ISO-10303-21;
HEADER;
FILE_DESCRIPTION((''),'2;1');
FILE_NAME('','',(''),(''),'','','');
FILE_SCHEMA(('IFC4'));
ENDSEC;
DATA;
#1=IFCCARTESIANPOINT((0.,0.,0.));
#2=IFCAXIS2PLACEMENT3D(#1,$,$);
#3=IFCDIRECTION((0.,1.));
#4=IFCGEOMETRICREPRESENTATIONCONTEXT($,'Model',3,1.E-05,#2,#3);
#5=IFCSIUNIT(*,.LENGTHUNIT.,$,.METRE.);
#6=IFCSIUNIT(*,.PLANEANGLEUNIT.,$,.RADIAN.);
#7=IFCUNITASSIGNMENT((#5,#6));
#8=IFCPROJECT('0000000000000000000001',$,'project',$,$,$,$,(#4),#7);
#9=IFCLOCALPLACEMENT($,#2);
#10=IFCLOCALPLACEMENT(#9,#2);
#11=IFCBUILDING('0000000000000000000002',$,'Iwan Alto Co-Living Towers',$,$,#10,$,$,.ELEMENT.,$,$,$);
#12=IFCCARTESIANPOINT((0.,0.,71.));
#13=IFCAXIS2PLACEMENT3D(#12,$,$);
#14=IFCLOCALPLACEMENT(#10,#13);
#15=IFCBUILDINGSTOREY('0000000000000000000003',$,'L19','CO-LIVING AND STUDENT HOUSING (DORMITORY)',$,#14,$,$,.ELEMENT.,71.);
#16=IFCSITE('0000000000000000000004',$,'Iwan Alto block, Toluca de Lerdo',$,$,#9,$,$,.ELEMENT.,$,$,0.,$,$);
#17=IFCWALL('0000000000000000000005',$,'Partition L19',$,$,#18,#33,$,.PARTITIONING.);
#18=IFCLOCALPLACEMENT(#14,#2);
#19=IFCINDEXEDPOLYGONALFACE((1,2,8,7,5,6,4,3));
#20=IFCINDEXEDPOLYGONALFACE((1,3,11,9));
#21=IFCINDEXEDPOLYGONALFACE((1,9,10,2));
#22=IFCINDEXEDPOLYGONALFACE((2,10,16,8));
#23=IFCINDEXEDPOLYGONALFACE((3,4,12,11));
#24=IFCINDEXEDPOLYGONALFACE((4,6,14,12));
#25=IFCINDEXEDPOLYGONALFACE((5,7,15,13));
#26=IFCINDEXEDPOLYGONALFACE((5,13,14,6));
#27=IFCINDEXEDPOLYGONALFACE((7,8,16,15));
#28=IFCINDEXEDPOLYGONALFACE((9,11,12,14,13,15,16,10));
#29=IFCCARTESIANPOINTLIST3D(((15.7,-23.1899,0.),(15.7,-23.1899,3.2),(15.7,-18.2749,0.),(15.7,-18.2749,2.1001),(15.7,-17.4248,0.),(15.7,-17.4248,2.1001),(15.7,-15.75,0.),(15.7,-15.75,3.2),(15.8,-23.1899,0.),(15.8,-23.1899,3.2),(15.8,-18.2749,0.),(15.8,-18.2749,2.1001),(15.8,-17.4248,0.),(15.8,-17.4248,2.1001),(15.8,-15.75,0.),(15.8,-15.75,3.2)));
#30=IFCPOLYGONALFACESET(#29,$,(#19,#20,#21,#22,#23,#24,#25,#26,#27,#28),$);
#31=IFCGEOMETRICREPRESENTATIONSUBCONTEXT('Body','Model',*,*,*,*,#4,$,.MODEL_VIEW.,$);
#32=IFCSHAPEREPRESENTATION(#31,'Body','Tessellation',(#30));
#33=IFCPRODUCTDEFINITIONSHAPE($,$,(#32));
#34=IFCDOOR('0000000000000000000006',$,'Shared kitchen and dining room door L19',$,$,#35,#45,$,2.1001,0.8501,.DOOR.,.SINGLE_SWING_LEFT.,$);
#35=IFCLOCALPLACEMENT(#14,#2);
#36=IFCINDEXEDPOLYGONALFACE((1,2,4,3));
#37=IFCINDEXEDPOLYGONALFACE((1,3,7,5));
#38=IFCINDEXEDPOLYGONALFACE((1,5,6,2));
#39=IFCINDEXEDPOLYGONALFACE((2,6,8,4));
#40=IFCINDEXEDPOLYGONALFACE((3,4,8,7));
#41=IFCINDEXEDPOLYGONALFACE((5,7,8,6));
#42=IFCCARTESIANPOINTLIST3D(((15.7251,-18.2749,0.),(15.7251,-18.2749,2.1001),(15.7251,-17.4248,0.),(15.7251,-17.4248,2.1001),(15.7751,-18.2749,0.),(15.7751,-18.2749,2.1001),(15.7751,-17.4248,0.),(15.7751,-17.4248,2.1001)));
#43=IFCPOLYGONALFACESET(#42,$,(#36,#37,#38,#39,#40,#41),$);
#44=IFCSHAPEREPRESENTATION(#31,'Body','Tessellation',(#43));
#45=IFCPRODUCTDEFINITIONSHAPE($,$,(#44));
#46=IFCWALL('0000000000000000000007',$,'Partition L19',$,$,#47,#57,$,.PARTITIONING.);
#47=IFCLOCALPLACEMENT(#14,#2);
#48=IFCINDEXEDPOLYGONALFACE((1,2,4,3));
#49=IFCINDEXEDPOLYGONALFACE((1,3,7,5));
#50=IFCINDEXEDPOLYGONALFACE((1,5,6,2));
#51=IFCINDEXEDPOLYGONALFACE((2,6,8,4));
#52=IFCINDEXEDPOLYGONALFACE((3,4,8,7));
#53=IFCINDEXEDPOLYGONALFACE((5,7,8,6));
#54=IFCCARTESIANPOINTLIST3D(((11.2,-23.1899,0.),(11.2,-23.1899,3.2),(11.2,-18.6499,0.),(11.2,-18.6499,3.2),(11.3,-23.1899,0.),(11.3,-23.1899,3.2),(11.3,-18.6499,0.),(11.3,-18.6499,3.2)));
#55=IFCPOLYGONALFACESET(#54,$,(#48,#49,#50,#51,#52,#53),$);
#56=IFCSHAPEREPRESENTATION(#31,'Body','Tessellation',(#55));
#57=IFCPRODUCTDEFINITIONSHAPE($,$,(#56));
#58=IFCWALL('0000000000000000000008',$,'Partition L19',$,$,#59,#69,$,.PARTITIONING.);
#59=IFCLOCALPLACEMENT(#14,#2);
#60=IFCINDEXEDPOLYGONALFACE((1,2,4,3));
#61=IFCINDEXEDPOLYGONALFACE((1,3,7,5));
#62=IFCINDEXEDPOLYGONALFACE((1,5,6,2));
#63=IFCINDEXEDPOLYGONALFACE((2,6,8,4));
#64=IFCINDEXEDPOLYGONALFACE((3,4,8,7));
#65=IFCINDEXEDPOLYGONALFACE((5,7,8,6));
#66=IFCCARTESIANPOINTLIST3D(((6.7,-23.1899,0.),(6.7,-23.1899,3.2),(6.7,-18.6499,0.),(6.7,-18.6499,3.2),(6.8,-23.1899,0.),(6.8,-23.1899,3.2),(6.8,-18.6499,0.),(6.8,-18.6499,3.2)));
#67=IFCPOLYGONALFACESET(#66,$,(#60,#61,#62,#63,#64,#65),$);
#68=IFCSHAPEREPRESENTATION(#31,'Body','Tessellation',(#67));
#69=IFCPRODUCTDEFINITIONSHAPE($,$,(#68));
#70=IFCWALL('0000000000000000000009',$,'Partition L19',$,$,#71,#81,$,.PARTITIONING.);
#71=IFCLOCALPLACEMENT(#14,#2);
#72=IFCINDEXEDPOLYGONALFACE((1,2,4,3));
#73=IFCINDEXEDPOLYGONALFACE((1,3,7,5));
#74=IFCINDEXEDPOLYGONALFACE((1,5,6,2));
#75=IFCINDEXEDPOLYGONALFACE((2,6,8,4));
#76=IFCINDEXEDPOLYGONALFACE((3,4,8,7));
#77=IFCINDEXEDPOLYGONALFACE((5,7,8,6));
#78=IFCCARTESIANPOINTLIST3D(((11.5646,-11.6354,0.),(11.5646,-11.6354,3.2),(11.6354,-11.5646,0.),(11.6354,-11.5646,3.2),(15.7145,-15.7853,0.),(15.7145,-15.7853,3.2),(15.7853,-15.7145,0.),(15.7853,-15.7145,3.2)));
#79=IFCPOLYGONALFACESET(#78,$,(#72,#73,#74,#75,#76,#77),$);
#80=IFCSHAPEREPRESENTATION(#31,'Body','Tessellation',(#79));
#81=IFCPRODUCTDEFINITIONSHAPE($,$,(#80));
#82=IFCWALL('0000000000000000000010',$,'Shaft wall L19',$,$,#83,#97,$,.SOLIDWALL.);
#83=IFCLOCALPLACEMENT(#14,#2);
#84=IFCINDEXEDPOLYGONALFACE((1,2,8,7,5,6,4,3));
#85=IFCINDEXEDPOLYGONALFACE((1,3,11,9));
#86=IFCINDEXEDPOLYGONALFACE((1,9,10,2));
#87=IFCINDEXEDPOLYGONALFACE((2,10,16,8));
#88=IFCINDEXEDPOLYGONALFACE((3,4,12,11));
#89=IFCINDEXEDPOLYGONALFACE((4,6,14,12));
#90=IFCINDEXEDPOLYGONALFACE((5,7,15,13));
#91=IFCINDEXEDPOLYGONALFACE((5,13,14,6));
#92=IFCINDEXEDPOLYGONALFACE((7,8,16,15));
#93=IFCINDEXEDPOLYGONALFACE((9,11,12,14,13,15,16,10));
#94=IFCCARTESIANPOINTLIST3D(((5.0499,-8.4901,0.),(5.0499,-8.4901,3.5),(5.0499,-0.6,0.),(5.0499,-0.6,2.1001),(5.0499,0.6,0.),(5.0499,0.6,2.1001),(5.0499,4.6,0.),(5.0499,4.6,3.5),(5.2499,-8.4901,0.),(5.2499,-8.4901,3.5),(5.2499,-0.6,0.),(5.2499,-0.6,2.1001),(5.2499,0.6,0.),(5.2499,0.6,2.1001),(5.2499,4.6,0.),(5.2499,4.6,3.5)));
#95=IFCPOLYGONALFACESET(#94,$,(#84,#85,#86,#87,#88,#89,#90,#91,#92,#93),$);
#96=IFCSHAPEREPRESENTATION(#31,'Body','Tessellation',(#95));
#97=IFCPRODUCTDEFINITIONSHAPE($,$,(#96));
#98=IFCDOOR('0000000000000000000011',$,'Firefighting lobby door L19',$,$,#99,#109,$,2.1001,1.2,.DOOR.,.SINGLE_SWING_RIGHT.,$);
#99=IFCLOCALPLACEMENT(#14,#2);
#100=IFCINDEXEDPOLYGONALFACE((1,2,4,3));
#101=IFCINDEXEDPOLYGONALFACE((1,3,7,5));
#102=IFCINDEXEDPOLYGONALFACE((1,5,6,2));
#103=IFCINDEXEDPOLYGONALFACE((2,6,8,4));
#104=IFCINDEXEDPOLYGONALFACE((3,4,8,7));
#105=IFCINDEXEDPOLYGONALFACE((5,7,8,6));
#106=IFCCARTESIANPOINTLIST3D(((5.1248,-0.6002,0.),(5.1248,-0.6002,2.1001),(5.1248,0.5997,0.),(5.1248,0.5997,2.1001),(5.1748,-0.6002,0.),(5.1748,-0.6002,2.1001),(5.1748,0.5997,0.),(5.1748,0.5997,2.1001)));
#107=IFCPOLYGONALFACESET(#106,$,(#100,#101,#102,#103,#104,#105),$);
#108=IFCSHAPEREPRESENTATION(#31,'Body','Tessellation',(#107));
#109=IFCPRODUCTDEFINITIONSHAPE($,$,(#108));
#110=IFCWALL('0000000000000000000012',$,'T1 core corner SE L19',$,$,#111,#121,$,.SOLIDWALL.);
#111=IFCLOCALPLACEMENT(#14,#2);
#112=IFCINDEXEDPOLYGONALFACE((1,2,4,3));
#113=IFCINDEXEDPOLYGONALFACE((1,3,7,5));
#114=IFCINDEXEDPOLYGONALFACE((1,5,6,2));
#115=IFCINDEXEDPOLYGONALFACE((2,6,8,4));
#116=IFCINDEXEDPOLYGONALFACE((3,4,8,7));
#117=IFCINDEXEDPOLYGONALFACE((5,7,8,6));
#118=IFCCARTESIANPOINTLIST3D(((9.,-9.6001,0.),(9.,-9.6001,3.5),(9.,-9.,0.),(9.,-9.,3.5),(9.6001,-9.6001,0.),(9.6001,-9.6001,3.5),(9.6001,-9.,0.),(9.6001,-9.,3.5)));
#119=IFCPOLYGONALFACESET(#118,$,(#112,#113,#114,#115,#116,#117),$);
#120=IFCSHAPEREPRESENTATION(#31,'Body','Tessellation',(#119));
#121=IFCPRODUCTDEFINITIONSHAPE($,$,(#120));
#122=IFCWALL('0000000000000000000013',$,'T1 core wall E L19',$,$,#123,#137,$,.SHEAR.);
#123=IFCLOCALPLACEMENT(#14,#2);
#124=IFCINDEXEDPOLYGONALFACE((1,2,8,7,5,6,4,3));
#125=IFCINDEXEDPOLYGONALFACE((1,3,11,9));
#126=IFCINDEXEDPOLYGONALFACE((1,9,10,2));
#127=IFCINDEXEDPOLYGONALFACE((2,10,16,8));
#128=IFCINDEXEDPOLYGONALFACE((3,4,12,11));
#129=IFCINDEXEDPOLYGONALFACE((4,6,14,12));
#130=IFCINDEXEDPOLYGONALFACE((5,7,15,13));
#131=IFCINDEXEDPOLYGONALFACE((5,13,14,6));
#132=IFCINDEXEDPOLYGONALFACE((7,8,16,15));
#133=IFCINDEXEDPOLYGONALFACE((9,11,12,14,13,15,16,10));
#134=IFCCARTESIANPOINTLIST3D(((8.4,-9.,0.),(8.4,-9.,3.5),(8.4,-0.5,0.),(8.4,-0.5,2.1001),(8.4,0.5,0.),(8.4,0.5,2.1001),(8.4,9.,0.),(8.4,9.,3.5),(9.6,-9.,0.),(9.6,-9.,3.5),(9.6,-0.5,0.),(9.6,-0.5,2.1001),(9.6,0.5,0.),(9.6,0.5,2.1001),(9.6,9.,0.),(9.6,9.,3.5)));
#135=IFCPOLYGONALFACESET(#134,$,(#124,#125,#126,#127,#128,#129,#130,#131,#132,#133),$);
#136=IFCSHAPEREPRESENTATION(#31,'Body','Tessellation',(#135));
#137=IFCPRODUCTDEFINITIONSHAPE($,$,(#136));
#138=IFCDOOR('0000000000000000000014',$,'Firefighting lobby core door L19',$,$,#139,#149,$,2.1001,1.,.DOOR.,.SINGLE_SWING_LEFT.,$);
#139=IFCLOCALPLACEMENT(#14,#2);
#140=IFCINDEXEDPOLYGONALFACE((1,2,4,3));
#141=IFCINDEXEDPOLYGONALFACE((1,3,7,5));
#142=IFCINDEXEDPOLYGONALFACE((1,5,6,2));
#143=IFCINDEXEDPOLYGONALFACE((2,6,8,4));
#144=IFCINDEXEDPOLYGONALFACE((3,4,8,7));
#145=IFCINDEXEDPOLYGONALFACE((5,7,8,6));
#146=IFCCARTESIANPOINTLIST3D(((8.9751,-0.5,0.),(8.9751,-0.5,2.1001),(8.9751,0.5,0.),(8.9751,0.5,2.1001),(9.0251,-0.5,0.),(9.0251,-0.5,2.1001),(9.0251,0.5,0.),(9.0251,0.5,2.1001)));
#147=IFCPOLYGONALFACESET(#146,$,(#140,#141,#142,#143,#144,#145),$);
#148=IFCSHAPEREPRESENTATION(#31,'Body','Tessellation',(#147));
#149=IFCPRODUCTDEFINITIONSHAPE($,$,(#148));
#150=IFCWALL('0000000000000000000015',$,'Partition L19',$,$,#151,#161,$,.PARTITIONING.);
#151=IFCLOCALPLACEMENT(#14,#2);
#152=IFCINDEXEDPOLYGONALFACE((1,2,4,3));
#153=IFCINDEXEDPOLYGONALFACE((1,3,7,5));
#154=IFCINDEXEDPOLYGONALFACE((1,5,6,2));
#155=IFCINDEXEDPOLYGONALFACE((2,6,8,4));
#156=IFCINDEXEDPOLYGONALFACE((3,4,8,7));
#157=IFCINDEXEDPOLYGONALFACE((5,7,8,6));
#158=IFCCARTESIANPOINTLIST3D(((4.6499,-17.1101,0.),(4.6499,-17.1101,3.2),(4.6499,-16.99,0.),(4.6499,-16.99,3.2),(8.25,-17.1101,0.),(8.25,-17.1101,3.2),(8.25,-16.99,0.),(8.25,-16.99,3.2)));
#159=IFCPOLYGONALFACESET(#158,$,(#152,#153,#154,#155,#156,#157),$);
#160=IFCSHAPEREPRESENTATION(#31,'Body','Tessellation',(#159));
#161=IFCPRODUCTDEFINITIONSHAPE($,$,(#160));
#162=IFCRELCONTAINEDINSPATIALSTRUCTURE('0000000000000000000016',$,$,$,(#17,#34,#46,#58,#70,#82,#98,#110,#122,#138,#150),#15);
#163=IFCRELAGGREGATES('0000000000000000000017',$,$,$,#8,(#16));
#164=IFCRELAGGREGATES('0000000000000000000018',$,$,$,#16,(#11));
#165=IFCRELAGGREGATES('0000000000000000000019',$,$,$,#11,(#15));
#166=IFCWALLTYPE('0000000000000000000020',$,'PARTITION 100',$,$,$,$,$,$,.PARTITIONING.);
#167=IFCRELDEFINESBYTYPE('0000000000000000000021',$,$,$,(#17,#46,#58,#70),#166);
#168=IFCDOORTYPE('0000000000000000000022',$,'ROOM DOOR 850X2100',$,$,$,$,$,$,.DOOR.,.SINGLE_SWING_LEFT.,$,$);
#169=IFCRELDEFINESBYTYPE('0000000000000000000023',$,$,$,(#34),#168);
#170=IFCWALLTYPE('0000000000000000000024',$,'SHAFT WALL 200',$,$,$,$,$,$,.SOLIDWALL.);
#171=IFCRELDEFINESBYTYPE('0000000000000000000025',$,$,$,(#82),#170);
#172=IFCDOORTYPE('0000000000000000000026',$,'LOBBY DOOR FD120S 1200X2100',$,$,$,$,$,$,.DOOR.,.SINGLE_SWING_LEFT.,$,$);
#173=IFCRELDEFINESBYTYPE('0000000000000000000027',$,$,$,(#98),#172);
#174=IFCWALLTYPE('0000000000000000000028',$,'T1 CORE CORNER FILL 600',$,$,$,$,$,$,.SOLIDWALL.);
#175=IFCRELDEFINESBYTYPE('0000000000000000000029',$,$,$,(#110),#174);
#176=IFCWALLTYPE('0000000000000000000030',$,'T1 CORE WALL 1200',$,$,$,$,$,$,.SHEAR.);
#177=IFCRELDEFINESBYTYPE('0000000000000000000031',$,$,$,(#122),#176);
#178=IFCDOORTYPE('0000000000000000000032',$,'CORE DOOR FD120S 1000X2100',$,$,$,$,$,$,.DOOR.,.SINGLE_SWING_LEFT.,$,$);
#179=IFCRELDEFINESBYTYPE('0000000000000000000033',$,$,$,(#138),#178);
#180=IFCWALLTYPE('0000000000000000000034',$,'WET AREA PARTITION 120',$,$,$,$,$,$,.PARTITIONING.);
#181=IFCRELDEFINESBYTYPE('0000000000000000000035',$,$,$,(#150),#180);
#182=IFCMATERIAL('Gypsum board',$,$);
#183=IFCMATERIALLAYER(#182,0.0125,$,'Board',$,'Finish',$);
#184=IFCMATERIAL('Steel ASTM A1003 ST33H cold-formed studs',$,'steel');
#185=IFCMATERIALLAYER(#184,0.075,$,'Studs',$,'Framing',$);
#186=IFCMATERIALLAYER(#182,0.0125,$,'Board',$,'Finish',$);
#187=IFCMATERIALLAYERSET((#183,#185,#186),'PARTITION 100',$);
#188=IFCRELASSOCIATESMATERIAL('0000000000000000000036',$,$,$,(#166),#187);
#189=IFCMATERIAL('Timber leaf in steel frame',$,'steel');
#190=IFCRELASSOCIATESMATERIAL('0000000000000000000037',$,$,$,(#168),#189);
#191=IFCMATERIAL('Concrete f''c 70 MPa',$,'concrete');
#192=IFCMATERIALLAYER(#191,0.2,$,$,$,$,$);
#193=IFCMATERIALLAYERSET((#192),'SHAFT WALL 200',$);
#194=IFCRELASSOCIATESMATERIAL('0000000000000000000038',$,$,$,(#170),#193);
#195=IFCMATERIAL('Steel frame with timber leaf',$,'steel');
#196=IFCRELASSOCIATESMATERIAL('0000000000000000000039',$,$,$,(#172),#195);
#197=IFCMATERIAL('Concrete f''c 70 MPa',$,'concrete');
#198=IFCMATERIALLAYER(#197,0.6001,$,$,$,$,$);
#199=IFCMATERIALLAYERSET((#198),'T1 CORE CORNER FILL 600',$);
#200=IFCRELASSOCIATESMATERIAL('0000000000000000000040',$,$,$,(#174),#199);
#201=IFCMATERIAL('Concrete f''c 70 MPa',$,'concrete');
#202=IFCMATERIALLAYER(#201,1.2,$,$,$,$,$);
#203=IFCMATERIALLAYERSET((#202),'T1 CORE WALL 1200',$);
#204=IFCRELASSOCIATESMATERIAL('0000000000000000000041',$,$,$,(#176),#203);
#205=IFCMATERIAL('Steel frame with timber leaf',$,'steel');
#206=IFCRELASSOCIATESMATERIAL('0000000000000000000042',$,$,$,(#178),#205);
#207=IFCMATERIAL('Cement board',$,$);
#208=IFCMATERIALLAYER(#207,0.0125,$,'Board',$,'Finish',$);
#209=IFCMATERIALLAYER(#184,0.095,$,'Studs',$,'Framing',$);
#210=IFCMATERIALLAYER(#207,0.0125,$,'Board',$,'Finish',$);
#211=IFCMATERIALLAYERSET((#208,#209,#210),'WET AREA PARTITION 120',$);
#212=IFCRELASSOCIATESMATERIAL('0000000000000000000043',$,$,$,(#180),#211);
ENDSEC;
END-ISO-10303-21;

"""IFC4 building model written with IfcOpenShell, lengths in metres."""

from ifc_helpers import new_model, si_unit, direction, frame, frame_2d, origin, place, context, subcontext, project, spatial, rectangle, extrude, material, layer, layer_set, type_object, element, fill, save


model = new_model("IFC4")

# Units and contexts
model_context = context("Model", 3, precision=1e-05, world=origin(), true_north=direction((0.0, 1.0)))
body_context = subcontext(model_context, "Body", "Model", "MODEL_VIEW")
ifc_project = project(units=[si_unit("LENGTHUNIT", "METRE"), si_unit("PLANEANGLEUNIT", "RADIAN")], contexts=[model_context])

# Site, building, storey
site_placement = place(None, origin())
site = spatial("IfcSite", under=ifc_project, at=site_placement, Name="Iwan Alto block, Toluca de Lerdo", CompositionType="ELEMENT", RefElevation=0.0)
building_placement = place(site_placement, origin())
building = spatial("IfcBuilding", under=site, at=building_placement, Name="Iwan Alto Co-Living Towers", CompositionType="ELEMENT")
storey_placement = place(building_placement, frame((0.0, 0.0, 71.0)))
storey = spatial("IfcBuildingStorey", under=building, at=storey_placement, Name="L19", Description="CO-LIVING AND STUDENT HOUSING (DORMITORY)", CompositionType="ELEMENT", Elevation=71.0)

# Shared definitions
ifc_material_1 = material(Name="Gypsum board")
ifc_material_2 = material(Name="Steel ASTM A1003 ST33H cold-formed studs", Category="steel")

# Shared definitions
ifc_layer_1 = layer(ifc_material_1, 0.0125, Name="Board", Category="Finish")
ifc_layer_2 = layer(ifc_material_2, 0.075, Name="Studs", Category="Framing")
ifc_layer_3 = layer(ifc_material_1, 0.0125, Name="Board", Category="Finish")
ifc_layer_set_1 = layer_set([ifc_layer_1, ifc_layer_2, ifc_layer_3], Name="PARTITION 100")
wall_type_1 = type_object("IfcWallType", Name="PARTITION 100", PredefinedType="PARTITIONING", material=ifc_layer_set_1)

# Wall, opening, door
ifc_material_3 = material(Name="Timber leaf in steel frame", Category="steel")
door_type_1 = type_object("IfcDoorType", Name="ROOM DOOR 850X2100", OperationType="SINGLE_SWING_LEFT", PredefinedType="DOOR", material=ifc_material_3)
wall_1_placement = place(storey_placement, frame((15.75, -23.1899, 0.0), z_axis=(0.0, 0.0, 1.0), x_axis=(0.0, 1.0, 0.0)))
wall_1 = element("IfcWall", 1, at=wall_1_placement, inside=storey, type_object=wall_type_1, Name="Partition L19", PredefinedType="PARTITIONING", context=body_context, shape_type="SweptSolid", body=[
    extrude(rectangle(XDim=7.4399, YDim=0.1001, at=frame_2d((3.72, 0.0))), origin(), (0.0, 0.0, 1.0), 3.2),
])
opening_1_placement = place(wall_1_placement, frame((4.915, 0.0, 0.0)))
opening_1 = element("IfcOpeningElement", 2, at=opening_1_placement, cuts=wall_1, PredefinedType="OPENING", context=body_context, shape_type="SweptSolid", body=[
    extrude(rectangle(XDim=0.8501, YDim=2.1001, at=frame_2d((0.425, 1.05))), frame((0.0, 0.0601, 0.0), z_axis=(0.0, -1.0, 0.0), x_axis=(1.0, 0.0, 0.0)), (0.0, 0.0, 1.0), 0.1201),
])
door_1_placement = place(opening_1_placement, origin())
door_1 = element("IfcDoor", 3, at=door_1_placement, inside=storey, type_object=door_type_1, Name="Shared kitchen and dining room door L19", OperationType="SINGLE_SWING_LEFT", OverallHeight=2.1001, OverallWidth=0.8501, PredefinedType="DOOR", context=body_context, shape_type="SweptSolid", body=[
    extrude(rectangle(XDim=0.8501, YDim=2.1001, at=frame_2d((0.425, 1.05))), frame((0.0, 0.0249, 0.0), z_axis=(0.0, -1.0, 0.0), x_axis=(1.0, 0.0, 0.0)), (0.0, 0.0, 1.0), 0.05),
])
fill(opening_1, door_1)

# Walls
for number, where, z_axis, x_axis, name in (
    (4, (11.25, -23.1899, 0.0), (0.0, 0.0, 1.0), (0.0, 1.0, 0.0), "Partition L19"),
    (5, (6.75, -23.1899, 0.0), (0.0, 0.0, 1.0), (0.0, 1.0, 0.0), "Partition L19"),
):
    element("IfcWall", number, at=place(storey_placement, frame(where, z_axis=z_axis, x_axis=x_axis)), inside=storey, type_object=wall_type_1, Name=name, PredefinedType="PARTITIONING", context=body_context, shape_type="SweptSolid", body=[
        extrude(rectangle(XDim=4.54, YDim=0.1001, at=frame_2d((2.27, 0.0))), origin(), (0.0, 0.0, 1.0), 3.2),
    ])
wall_2_placement = place(storey_placement, frame((15.75, -15.75, 0.0), z_axis=(0.0, 0.0, 1.0), x_axis=(-0.707107, 0.707107, 0.0)))
element("IfcWall", 6, at=wall_2_placement, inside=storey, type_object=wall_type_1, Name="Partition L19", PredefinedType="PARTITIONING", context=body_context, shape_type="SweptSolid", body=[
    extrude(rectangle(XDim=5.8689, YDim=0.1001, at=frame_2d((2.9346, 0.0))), origin(), (0.0, 0.0, 1.0), 3.2),
])

# Wall, opening, door
ifc_material_4 = material(Name="Concrete f'c 70 MPa", Category="concrete")
ifc_layer_4 = layer(ifc_material_4, 0.2)
ifc_layer_set_2 = layer_set([ifc_layer_4], Name="SHAFT WALL 200")
wall_type_2 = type_object("IfcWallType", Name="SHAFT WALL 200", PredefinedType="SOLIDWALL", material=ifc_layer_set_2)
wall_3_placement = place(storey_placement, frame((5.1499, -8.49, 0.0), z_axis=(0.0, 0.0, 1.0), x_axis=(0.0, 1.0, 0.0)))
wall_3 = element("IfcWall", 7, at=wall_3_placement, inside=storey, type_object=wall_type_2, Name="Shaft wall L19", PredefinedType="SOLIDWALL", context=body_context, shape_type="SweptSolid", body=[
    extrude(rectangle(XDim=13.0901, YDim=0.2, at=frame_2d((6.5449, 0.0))), origin(), (0.0, 0.0, 1.0), 3.5),
])
opening_2_placement = place(wall_3_placement, frame((7.8899, 0.0, 0.0)))
opening_2 = element("IfcOpeningElement", 8, at=opening_2_placement, cuts=wall_3, PredefinedType="OPENING", context=body_context, shape_type="SweptSolid", body=[
    extrude(rectangle(XDim=1.2, YDim=2.1001, at=frame_2d((0.6001, 1.05))), frame((0.0, 0.1099, 0.0), z_axis=(0.0, -1.0, 0.0), x_axis=(1.0, 0.0, 0.0)), (0.0, 0.0, 1.0), 0.22),
])
ifc_material_5 = material(Name="Steel frame with timber leaf", Category="steel")
door_type_2 = type_object("IfcDoorType", Name="LOBBY DOOR FD120S 1200X2100", OperationType="SINGLE_SWING_LEFT", PredefinedType="DOOR", material=ifc_material_5)
door_2_placement = place(opening_2_placement, frame((1.2, 0.0, 0.0), z_axis=(0.0, 0.0, 1.0), x_axis=(-1.0, 0.0, 0.0)))
door_2 = element("IfcDoor", 9, at=door_2_placement, inside=storey, type_object=door_type_2, Name="Firefighting lobby door L19", OperationType="SINGLE_SWING_RIGHT", OverallHeight=2.1001, OverallWidth=1.2, PredefinedType="DOOR", context=body_context, shape_type="SweptSolid", body=[
    extrude(rectangle(XDim=1.2, YDim=2.1001, at=frame_2d((0.6001, 1.05))), frame((0.0, 0.0249, 0.0), z_axis=(0.0, -1.0, 0.0), x_axis=(1.0, 0.0, 0.0)), (0.0, 0.0, 1.0), 0.05),
])
fill(opening_2, door_2)

# Wall
ifc_material_6 = material(Name="Concrete f'c 70 MPa", Category="concrete")
ifc_layer_5 = layer(ifc_material_6, 0.6001)
ifc_layer_set_3 = layer_set([ifc_layer_5], Name="T1 CORE CORNER FILL 600")
wall_type_3 = type_object("IfcWallType", Name="T1 CORE CORNER FILL 600", PredefinedType="SOLIDWALL", material=ifc_layer_set_3)
wall_4_placement = place(storey_placement, frame((9.0, -9.3, 0.0), z_axis=(0.0, 0.0, 1.0), x_axis=(1.0, 0.0, 0.0)))
element("IfcWall", 10, at=wall_4_placement, inside=storey, type_object=wall_type_3, Name="T1 core corner SE L19", PredefinedType="SOLIDWALL", context=body_context, shape_type="SweptSolid", body=[
    extrude(rectangle(XDim=0.6001, YDim=0.6001, at=frame_2d((0.3, 0.0))), origin(), (0.0, 0.0, 1.0), 3.5),
])

# Wall, opening, door
ifc_material_7 = material(Name="Concrete f'c 70 MPa", Category="concrete")
ifc_layer_6 = layer(ifc_material_7, 1.2)
ifc_layer_set_4 = layer_set([ifc_layer_6], Name="T1 CORE WALL 1200")
wall_type_4 = type_object("IfcWallType", Name="T1 CORE WALL 1200", PredefinedType="SHEAR", material=ifc_layer_set_4)
wall_5_placement = place(storey_placement, frame((9.0, -9.0, 0.0), z_axis=(0.0, 0.0, 1.0), x_axis=(0.0, 1.0, 0.0)))
wall_5 = element("IfcWall", 11, at=wall_5_placement, inside=storey, type_object=wall_type_4, Name="T1 core wall E L19", PredefinedType="SHEAR", context=body_context, shape_type="SweptSolid", body=[
    extrude(rectangle(XDim=18.0, YDim=1.2, at=frame_2d((9.0, 0.0))), origin(), (0.0, 0.0, 1.0), 3.5),
])
opening_3_placement = place(wall_5_placement, frame((8.5, 0.0, 0.0)))
opening_3 = element("IfcOpeningElement", 12, at=opening_3_placement, cuts=wall_5, PredefinedType="OPENING", context=body_context, shape_type="SweptSolid", body=[
    extrude(rectangle(XDim=1.0, YDim=2.1001, at=frame_2d((0.5, 1.05))), frame((0.0, 0.6099, 0.0), z_axis=(0.0, -1.0, 0.0), x_axis=(1.0, 0.0, 0.0)), (0.0, 0.0, 1.0), 1.22),
])
ifc_material_8 = material(Name="Steel frame with timber leaf", Category="steel")
door_type_3 = type_object("IfcDoorType", Name="CORE DOOR FD120S 1000X2100", OperationType="SINGLE_SWING_LEFT", PredefinedType="DOOR", material=ifc_material_8)
door_3_placement = place(opening_3_placement, origin())
door_3 = element("IfcDoor", 13, at=door_3_placement, inside=storey, type_object=door_type_3, Name="Firefighting lobby core door L19", OperationType="SINGLE_SWING_LEFT", OverallHeight=2.1001, OverallWidth=1.0, PredefinedType="DOOR", context=body_context, shape_type="SweptSolid", body=[
    extrude(rectangle(XDim=1.0, YDim=2.1001, at=frame_2d((0.5, 1.05))), frame((0.0, 0.0249, 0.0), z_axis=(0.0, -1.0, 0.0), x_axis=(1.0, 0.0, 0.0)), (0.0, 0.0, 1.0), 0.05),
])
fill(opening_3, door_3)

# Wall
ifc_material_9 = material(Name="Cement board")
ifc_layer_7 = layer(ifc_material_9, 0.0125, Name="Board", Category="Finish")
ifc_layer_8 = layer(ifc_material_2, 0.095, Name="Studs", Category="Framing")
ifc_layer_9 = layer(ifc_material_9, 0.0125, Name="Board", Category="Finish")
ifc_layer_set_5 = layer_set([ifc_layer_7, ifc_layer_8, ifc_layer_9], Name="WET AREA PARTITION 120")
wall_type_5 = type_object("IfcWallType", Name="WET AREA PARTITION 120", PredefinedType="PARTITIONING", material=ifc_layer_set_5)
wall_6_placement = place(storey_placement, frame((4.6499, -17.05, 0.0), z_axis=(0.0, 0.0, 1.0), x_axis=(1.0, 0.0, 0.0)))
element("IfcWall", 14, at=wall_6_placement, inside=storey, type_object=wall_type_5, Name="Partition L19", PredefinedType="PARTITIONING", context=body_context, shape_type="SweptSolid", body=[
    extrude(rectangle(XDim=3.6001, YDim=0.1201, at=frame_2d((1.8, 0.0))), origin(), (0.0, 0.0, 1.0), 3.2),
])

save(model, "model.ifc")
